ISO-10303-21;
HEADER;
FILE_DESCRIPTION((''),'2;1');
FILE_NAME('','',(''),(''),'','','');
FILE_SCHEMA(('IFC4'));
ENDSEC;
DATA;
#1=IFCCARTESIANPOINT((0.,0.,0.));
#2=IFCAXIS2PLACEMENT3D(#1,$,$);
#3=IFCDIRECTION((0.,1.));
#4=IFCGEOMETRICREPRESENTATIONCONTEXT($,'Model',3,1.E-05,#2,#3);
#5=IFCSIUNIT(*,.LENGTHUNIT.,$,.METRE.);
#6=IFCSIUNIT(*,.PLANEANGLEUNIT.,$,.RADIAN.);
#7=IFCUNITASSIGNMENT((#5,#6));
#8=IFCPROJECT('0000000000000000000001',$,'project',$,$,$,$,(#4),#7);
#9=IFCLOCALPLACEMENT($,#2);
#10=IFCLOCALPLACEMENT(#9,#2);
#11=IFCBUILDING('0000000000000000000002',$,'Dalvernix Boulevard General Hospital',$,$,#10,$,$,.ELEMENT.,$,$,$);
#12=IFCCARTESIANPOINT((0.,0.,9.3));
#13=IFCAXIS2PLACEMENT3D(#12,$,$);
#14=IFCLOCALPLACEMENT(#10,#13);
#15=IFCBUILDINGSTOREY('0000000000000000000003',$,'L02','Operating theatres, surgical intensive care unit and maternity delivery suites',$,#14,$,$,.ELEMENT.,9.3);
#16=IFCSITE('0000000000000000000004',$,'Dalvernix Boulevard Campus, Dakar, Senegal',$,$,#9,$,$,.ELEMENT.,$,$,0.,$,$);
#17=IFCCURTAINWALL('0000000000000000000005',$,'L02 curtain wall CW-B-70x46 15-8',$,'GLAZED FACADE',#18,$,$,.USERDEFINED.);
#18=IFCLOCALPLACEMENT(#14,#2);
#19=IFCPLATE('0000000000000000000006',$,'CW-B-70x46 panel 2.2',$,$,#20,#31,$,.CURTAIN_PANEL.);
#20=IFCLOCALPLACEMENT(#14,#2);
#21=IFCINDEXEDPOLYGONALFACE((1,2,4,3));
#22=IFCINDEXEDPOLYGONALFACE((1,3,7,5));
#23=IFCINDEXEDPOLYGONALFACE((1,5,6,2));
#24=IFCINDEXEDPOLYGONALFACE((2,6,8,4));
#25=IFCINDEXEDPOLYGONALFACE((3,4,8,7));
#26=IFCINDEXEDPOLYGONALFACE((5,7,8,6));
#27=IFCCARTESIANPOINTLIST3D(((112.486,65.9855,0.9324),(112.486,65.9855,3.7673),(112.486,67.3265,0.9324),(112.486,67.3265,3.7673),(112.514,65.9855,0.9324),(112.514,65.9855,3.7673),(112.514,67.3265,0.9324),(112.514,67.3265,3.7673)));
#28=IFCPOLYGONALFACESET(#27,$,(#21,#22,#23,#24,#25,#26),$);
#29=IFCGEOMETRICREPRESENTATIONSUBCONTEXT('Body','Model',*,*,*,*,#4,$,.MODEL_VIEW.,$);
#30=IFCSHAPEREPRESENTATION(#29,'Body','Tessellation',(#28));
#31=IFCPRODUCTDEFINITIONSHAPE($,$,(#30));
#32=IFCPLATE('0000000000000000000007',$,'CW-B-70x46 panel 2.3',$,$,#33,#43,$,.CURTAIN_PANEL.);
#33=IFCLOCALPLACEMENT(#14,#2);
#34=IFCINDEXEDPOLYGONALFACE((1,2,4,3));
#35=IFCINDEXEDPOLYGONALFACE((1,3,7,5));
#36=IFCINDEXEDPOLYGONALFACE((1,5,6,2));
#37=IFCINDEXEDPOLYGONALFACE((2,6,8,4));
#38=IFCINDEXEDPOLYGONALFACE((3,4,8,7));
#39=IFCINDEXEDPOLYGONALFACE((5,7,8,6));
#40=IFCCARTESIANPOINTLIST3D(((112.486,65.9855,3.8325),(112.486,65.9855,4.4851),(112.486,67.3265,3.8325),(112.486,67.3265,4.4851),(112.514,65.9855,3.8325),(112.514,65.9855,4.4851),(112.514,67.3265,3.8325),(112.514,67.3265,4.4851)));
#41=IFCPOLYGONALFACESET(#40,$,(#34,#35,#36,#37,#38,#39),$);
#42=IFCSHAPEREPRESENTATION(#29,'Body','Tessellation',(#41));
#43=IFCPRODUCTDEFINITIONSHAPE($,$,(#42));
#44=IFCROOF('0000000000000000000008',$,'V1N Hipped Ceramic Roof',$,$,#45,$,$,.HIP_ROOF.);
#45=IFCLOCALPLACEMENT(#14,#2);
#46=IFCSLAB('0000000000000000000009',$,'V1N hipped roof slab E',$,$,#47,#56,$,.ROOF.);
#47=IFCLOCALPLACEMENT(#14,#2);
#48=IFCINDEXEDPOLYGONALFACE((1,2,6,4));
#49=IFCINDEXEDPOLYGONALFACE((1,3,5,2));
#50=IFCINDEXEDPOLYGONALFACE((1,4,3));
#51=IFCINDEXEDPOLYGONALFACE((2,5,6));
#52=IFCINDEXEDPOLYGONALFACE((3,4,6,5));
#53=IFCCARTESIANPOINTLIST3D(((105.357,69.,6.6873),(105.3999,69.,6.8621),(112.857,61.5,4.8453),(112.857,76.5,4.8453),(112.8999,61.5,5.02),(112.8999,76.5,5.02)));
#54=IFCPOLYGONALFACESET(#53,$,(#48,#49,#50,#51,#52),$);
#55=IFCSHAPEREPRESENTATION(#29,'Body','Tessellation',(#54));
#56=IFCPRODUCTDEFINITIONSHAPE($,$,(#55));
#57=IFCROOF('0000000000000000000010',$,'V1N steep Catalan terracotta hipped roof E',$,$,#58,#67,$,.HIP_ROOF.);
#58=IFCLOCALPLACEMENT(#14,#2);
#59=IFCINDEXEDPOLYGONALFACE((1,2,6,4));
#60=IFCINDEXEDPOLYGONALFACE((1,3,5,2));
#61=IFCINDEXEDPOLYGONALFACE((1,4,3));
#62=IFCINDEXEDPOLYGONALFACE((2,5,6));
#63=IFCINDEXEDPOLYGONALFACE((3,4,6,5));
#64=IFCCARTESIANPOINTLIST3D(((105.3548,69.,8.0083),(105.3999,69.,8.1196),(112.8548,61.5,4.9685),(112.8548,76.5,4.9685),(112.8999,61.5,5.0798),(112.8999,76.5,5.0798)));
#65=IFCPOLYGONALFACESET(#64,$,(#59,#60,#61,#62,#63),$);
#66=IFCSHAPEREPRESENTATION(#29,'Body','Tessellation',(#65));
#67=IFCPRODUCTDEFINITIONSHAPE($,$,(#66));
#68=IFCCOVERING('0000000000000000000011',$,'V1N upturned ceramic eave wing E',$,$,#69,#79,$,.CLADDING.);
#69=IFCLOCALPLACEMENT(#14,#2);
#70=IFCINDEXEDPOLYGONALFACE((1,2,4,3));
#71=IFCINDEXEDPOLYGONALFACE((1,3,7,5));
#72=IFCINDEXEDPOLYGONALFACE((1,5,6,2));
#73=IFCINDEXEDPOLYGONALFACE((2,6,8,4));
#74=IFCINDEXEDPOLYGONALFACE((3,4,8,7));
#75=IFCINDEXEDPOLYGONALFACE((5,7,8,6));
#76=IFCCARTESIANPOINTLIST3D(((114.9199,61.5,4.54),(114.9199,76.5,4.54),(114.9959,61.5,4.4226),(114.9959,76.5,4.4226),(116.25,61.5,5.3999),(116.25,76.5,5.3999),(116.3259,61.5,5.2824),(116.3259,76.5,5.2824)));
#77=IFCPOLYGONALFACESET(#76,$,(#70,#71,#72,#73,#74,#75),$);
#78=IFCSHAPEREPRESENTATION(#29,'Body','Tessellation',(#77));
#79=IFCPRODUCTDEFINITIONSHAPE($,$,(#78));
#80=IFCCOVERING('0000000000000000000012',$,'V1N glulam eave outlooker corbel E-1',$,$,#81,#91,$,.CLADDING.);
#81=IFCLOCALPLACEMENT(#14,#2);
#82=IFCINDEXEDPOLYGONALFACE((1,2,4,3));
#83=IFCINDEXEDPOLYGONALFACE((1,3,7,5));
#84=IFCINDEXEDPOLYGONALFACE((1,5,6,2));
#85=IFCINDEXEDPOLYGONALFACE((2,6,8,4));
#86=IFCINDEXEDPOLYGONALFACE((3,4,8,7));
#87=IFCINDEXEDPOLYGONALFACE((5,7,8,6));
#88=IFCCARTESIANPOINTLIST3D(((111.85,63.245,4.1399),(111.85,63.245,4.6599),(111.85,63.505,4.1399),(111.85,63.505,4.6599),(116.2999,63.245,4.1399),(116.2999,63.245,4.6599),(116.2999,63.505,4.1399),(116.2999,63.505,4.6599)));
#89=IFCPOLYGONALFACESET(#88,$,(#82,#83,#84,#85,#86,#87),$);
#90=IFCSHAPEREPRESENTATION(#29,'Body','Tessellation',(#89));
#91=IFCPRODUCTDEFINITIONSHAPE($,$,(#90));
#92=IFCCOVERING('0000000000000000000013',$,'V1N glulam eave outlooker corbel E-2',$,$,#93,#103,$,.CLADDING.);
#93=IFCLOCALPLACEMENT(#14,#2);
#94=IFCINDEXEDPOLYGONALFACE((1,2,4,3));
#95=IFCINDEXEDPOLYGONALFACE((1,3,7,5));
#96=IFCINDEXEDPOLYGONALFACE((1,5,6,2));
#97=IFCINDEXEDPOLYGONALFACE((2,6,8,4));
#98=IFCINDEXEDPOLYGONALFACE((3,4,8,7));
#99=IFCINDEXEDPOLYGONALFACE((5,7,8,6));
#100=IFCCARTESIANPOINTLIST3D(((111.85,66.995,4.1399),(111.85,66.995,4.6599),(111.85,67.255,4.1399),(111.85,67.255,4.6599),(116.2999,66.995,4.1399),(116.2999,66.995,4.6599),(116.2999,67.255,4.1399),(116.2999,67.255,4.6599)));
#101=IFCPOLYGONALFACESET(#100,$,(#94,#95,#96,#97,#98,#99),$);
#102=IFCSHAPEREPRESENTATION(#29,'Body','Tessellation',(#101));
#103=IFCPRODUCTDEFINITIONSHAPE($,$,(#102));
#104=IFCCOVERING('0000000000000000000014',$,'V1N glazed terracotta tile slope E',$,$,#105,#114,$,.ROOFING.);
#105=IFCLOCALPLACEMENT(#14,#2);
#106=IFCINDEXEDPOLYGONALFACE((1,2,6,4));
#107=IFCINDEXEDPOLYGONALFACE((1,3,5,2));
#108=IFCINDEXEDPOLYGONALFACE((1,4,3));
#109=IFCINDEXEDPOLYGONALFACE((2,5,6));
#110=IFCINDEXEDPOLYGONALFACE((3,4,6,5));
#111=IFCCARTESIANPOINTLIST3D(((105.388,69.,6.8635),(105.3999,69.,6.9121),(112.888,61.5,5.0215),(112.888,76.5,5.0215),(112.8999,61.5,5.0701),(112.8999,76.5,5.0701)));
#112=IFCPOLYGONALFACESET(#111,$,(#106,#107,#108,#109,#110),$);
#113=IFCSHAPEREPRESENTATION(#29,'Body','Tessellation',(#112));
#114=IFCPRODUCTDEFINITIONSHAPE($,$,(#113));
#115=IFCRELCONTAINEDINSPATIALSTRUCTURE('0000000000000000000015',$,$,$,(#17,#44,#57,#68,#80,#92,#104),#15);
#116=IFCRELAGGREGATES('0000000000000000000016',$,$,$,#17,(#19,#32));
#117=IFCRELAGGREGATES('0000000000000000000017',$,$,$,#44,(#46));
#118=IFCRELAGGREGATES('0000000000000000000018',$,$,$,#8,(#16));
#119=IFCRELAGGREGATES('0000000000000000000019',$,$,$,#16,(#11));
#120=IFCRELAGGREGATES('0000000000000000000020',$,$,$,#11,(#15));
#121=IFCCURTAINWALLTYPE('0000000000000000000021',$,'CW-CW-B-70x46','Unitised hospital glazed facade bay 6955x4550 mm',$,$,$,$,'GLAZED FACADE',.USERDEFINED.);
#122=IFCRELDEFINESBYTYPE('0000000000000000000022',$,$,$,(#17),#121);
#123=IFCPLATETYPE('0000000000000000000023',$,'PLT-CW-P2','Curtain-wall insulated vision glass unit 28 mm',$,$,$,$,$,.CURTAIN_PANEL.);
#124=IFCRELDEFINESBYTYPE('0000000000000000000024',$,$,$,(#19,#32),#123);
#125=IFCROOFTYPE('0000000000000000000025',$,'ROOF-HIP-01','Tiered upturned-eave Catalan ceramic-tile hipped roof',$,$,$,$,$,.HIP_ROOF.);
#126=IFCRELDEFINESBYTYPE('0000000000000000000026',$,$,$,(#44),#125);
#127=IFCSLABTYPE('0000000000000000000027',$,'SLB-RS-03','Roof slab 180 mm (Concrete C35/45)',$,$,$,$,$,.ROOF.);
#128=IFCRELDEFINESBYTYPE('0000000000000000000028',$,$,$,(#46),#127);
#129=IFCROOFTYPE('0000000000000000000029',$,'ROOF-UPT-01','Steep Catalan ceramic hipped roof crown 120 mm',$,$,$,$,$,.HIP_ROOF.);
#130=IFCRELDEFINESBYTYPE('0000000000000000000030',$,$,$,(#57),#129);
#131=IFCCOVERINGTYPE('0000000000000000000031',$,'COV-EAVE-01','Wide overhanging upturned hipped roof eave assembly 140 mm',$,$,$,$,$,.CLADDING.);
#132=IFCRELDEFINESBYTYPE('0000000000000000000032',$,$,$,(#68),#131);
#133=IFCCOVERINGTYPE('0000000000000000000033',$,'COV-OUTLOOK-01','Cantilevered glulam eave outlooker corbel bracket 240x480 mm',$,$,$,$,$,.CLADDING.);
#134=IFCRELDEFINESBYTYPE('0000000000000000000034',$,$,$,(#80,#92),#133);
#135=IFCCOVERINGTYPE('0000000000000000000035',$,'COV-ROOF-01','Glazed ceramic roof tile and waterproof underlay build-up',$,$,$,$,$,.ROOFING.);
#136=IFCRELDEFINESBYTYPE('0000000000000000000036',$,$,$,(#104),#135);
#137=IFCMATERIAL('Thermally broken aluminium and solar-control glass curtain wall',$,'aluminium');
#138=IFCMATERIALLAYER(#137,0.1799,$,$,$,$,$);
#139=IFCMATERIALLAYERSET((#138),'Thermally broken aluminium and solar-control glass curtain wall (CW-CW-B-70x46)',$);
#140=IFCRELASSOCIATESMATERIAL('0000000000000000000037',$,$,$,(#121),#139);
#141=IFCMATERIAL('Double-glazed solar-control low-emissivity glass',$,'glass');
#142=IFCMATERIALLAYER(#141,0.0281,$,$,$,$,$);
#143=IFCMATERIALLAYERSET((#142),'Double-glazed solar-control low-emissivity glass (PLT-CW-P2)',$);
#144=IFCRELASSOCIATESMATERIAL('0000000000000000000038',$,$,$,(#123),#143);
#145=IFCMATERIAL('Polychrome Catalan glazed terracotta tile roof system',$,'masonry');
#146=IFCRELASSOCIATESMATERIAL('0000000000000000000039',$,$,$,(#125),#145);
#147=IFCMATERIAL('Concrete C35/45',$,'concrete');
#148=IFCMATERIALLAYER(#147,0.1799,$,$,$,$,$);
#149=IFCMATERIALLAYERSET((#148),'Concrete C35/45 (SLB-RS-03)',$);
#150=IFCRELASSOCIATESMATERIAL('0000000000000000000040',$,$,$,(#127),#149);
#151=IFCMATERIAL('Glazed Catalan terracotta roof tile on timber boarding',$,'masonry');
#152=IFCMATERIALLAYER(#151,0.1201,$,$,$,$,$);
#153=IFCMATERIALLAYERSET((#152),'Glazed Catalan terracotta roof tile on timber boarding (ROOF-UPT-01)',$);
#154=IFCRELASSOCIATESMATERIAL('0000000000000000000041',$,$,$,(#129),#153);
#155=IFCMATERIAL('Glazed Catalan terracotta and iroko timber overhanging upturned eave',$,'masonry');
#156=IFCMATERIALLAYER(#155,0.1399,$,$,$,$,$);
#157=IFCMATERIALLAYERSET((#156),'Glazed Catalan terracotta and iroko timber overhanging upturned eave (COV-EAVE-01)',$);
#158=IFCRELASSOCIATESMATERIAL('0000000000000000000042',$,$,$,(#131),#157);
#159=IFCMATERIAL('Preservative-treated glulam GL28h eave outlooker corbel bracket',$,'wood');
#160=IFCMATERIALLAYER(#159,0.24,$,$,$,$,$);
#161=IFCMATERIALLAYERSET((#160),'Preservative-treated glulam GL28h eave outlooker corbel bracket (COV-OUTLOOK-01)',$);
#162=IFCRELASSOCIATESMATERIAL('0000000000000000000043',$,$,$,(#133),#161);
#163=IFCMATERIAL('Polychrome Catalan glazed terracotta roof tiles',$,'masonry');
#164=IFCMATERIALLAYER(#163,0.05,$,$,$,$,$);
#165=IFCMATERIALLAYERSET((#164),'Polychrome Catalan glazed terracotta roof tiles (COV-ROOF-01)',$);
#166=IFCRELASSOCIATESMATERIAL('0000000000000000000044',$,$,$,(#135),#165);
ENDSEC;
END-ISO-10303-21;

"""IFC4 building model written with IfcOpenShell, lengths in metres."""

from ifc_helpers import new_model, si_unit, direction, frame, origin, origin_2d, place, context, subcontext, project, spatial, polyline, rectangle, outline, extrude, material, layer, layer_set, type_object, element, aggregate, save


model = new_model("IFC4")

# Units and contexts
model_context = context("Model", 3, precision=1e-05, world=origin(), true_north=direction((0.0, 1.0)))
body_context = subcontext(model_context, "Body", "Model", "MODEL_VIEW")
ifc_project = project(units=[si_unit("LENGTHUNIT", "METRE"), si_unit("PLANEANGLEUNIT", "RADIAN")], contexts=[model_context])

# Site, building, storey
site_placement = place(None, origin())
site = spatial("IfcSite", under=ifc_project, at=site_placement, Name="Dalvernix Boulevard Campus, Dakar, Senegal", CompositionType="ELEMENT", RefElevation=0.0)
building_placement = place(site_placement, origin())
building = spatial("IfcBuilding", under=site, at=building_placement, Name="Dalvernix Boulevard General Hospital", CompositionType="ELEMENT")
storey_placement = place(building_placement, frame((0.0, 0.0, 9.3)))
storey = spatial("IfcBuildingStorey", under=building, at=storey_placement, Name="L02", Description="Operating theatres, surgical intensive care unit and maternity delivery suites", CompositionType="ELEMENT", Elevation=9.3)

# Curtain wall, plates
ifc_material_1 = material(Name="Thermally broken aluminium and solar-control glass curtain wall", Category="aluminium")
ifc_layer_1 = layer(ifc_material_1, 0.1799)
ifc_layer_set_1 = layer_set([ifc_layer_1], Name="Thermally broken aluminium and solar-control glass curtain wall (CW-CW-B-70x46)")
curtain_wall_type = type_object("IfcCurtainWallType", Name="CW-CW-B-70x46", Description="Unitised hospital glazed facade bay 6955x4550 mm", ElementType="GLAZED FACADE", PredefinedType="USERDEFINED", material=ifc_layer_set_1)
curtain_wall_placement = place(storey_placement, origin())
curtain_wall = element("IfcCurtainWall", 1, at=curtain_wall_placement, inside=storey, type_object=curtain_wall_type, Name="L02 curtain wall CW-B-70x46 15-8", ObjectType="GLAZED FACADE", PredefinedType="USERDEFINED")
ifc_material_2 = material(Name="Double-glazed solar-control low-emissivity glass", Category="glass")
ifc_layer_2 = layer(ifc_material_2, 0.0281)
ifc_layer_set_2 = layer_set([ifc_layer_2], Name="Double-glazed solar-control low-emissivity glass (PLT-CW-P2)")
plate_type = type_object("IfcPlateType", Name="PLT-CW-P2", Description="Curtain-wall insulated vision glass unit 28 mm", PredefinedType="CURTAIN_PANEL", material=ifc_layer_set_2)
plate_1_placement = place(storey_placement, frame((112.5, 66.656, 0.9324), z_axis=(0.0, 0.0, 1.0), x_axis=(0.0, -1.0, 0.0)))
plate_1 = element("IfcPlate", 2, at=plate_1_placement, type_object=plate_type, Name="CW-B-70x46 panel 2.2", PredefinedType="CURTAIN_PANEL", context=body_context, shape_type="SweptSolid", body=[
    extrude(rectangle(XDim=1.3411, YDim=0.0281, at=origin_2d()), origin(), (0.0, 0.0, 1.0), 2.835),
])
plate_2_placement = place(storey_placement, frame((112.5, 66.656, 3.8325), z_axis=(0.0, 0.0, 1.0), x_axis=(0.0, -1.0, 0.0)))
plate_2 = element("IfcPlate", 3, at=plate_2_placement, type_object=plate_type, Name="CW-B-70x46 panel 2.3", PredefinedType="CURTAIN_PANEL", context=body_context, shape_type="SweptSolid", body=[
    extrude(rectangle(XDim=1.3411, YDim=0.0281, at=origin_2d()), origin(), (0.0, 0.0, 1.0), 0.6526),
])
aggregate(curtain_wall, [plate_1, plate_2])

# Roof, slab
ifc_material_3 = material(Name="Polychrome Catalan glazed terracotta tile roof system", Category="masonry")
roof_type_1 = type_object("IfcRoofType", Name="ROOF-HIP-01", Description="Tiered upturned-eave Catalan ceramic-tile hipped roof", PredefinedType="HIP_ROOF", material=ifc_material_3)
roof_1_placement = place(storey_placement, origin())
roof_1 = element("IfcRoof", 4, at=roof_1_placement, inside=storey, type_object=roof_type_1, Name="V1N Hipped Ceramic Roof", PredefinedType="HIP_ROOF")
ifc_material_4 = material(Name="Concrete C35/45", Category="concrete")
ifc_layer_3 = layer(ifc_material_4, 0.1799)
ifc_layer_set_3 = layer_set([ifc_layer_3], Name="Concrete C35/45 (SLB-RS-03)")
slab_type = type_object("IfcSlabType", Name="SLB-RS-03", Description="Roof slab 180 mm (Concrete C35/45)", PredefinedType="ROOF", material=ifc_layer_set_3)
slab_placement = place(storey_placement, frame((112.8999, 61.5, 5.02), z_axis=(0.238517, 0.0, 0.971138), x_axis=(0.0, 1.0, 0.0)))
slab = element("IfcSlab", 5, at=slab_placement, type_object=slab_type, Name="V1N hipped roof slab E", PredefinedType="ROOF", context=body_context, shape_type="SweptSolid", body=[
    extrude(outline(polyline([(0.0, 0.0), (15.0, 0.0), (7.5, 7.7229), (0.0, 0.0)])), origin(), (0.0, 0.0, -1.0), 0.1799),
])
aggregate(roof_1, [slab])

# Roof
ifc_material_5 = material(Name="Glazed Catalan terracotta roof tile on timber boarding", Category="masonry")
ifc_layer_4 = layer(ifc_material_5, 0.1201)
ifc_layer_set_4 = layer_set([ifc_layer_4], Name="Glazed Catalan terracotta roof tile on timber boarding (ROOF-UPT-01)")
roof_type_2 = type_object("IfcRoofType", Name="ROOF-UPT-01", Description="Steep Catalan ceramic hipped roof crown 120 mm", PredefinedType="HIP_ROOF", material=ifc_layer_set_4)
roof_2_placement = place(storey_placement, frame((112.8999, 61.5, 5.0798), z_axis=(0.375626, 0.0, 0.926771), x_axis=(0.0, 1.0, 0.0)))
element("IfcRoof", 6, at=roof_2_placement, inside=storey, type_object=roof_type_2, Name="V1N steep Catalan terracotta hipped roof E", PredefinedType="HIP_ROOF", context=body_context, shape_type="SweptSolid", body=[
    extrude(outline(polyline([(0.0, 0.0), (15.0, 0.0), (7.5, 8.0926), (0.0, 0.0)])), origin(), (0.0, 0.0, -1.0), 0.1201),
])

# Coverings
ifc_material_6 = material(Name="Glazed Catalan terracotta and iroko timber overhanging upturned eave", Category="masonry")
ifc_layer_5 = layer(ifc_material_6, 0.1399)
ifc_layer_set_5 = layer_set([ifc_layer_5], Name="Glazed Catalan terracotta and iroko timber overhanging upturned eave (COV-EAVE-01)")
covering_type_1 = type_object("IfcCoveringType", Name="COV-EAVE-01", Description="Wide overhanging upturned hipped roof eave assembly 140 mm", PredefinedType="CLADDING", material=ifc_layer_set_5)
covering_1_placement = place(storey_placement, frame((114.9199, 61.5, 4.54), z_axis=(-0.542906, 0.0, 0.839793), x_axis=(0.0, 1.0, 0.0)))
element("IfcCovering", 7, at=covering_1_placement, inside=storey, type_object=covering_type_1, Name="V1N upturned ceramic eave wing E", PredefinedType="CLADDING", context=body_context, shape_type="SweptSolid", body=[
    extrude(outline(polyline([(0.0, 0.0), (15.0, 0.0), (15.0, -1.5838), (0.0, -1.5838), (0.0, 0.0)])), origin(), (0.0, 0.0, -1.0), 0.1399),
])
ifc_material_7 = material(Name="Preservative-treated glulam GL28h eave outlooker corbel bracket", Category="wood")
ifc_layer_6 = layer(ifc_material_7, 0.24)
ifc_layer_set_6 = layer_set([ifc_layer_6], Name="Preservative-treated glulam GL28h eave outlooker corbel bracket (COV-OUTLOOK-01)")
covering_type_2 = type_object("IfcCoveringType", Name="COV-OUTLOOK-01", Description="Cantilevered glulam eave outlooker corbel bracket 240x480 mm", PredefinedType="CLADDING", material=ifc_layer_set_6)
for number, where, z_axis, x_axis, name in (
    (8, (114.075, 63.375, 4.1399), (0.0, 0.0, 1.0), (1.0, 0.0, 0.0), "V1N glulam eave outlooker corbel E-1"),
    (9, (114.075, 67.125, 4.1399), (0.0, 0.0, 1.0), (1.0, 0.0, 0.0), "V1N glulam eave outlooker corbel E-2"),
):
    element("IfcCovering", number, at=place(storey_placement, frame(where, z_axis=z_axis, x_axis=x_axis)), inside=storey, type_object=covering_type_2, Name=name, PredefinedType="CLADDING", context=body_context, shape_type="SweptSolid", body=[
        extrude(rectangle(XDim=4.45, YDim=0.26, at=origin_2d()), origin(), (0.0, 0.0, 1.0), 0.52),
    ])
ifc_material_8 = material(Name="Polychrome Catalan glazed terracotta roof tiles", Category="masonry")
ifc_layer_7 = layer(ifc_material_8, 0.05)
ifc_layer_set_7 = layer_set([ifc_layer_7], Name="Polychrome Catalan glazed terracotta roof tiles (COV-ROOF-01)")
covering_type_3 = type_object("IfcCoveringType", Name="COV-ROOF-01", Description="Glazed ceramic roof tile and waterproof underlay build-up", PredefinedType="ROOFING", material=ifc_layer_set_7)
covering_2_placement = place(storey_placement, frame((112.8999, 61.5, 5.0701), z_axis=(0.238517, 0.0, 0.971138), x_axis=(0.0, 1.0, 0.0)))
element("IfcCovering", 10, at=covering_2_placement, inside=storey, type_object=covering_type_3, Name="V1N glazed terracotta tile slope E", PredefinedType="ROOFING", context=body_context, shape_type="SweptSolid", body=[
    extrude(outline(polyline([(0.0, 0.0), (15.0, 0.0), (7.5, 7.7229), (0.0, 0.0)])), origin(), (0.0, 0.0, -1.0), 0.05),
])

save(model, "model.ifc")
